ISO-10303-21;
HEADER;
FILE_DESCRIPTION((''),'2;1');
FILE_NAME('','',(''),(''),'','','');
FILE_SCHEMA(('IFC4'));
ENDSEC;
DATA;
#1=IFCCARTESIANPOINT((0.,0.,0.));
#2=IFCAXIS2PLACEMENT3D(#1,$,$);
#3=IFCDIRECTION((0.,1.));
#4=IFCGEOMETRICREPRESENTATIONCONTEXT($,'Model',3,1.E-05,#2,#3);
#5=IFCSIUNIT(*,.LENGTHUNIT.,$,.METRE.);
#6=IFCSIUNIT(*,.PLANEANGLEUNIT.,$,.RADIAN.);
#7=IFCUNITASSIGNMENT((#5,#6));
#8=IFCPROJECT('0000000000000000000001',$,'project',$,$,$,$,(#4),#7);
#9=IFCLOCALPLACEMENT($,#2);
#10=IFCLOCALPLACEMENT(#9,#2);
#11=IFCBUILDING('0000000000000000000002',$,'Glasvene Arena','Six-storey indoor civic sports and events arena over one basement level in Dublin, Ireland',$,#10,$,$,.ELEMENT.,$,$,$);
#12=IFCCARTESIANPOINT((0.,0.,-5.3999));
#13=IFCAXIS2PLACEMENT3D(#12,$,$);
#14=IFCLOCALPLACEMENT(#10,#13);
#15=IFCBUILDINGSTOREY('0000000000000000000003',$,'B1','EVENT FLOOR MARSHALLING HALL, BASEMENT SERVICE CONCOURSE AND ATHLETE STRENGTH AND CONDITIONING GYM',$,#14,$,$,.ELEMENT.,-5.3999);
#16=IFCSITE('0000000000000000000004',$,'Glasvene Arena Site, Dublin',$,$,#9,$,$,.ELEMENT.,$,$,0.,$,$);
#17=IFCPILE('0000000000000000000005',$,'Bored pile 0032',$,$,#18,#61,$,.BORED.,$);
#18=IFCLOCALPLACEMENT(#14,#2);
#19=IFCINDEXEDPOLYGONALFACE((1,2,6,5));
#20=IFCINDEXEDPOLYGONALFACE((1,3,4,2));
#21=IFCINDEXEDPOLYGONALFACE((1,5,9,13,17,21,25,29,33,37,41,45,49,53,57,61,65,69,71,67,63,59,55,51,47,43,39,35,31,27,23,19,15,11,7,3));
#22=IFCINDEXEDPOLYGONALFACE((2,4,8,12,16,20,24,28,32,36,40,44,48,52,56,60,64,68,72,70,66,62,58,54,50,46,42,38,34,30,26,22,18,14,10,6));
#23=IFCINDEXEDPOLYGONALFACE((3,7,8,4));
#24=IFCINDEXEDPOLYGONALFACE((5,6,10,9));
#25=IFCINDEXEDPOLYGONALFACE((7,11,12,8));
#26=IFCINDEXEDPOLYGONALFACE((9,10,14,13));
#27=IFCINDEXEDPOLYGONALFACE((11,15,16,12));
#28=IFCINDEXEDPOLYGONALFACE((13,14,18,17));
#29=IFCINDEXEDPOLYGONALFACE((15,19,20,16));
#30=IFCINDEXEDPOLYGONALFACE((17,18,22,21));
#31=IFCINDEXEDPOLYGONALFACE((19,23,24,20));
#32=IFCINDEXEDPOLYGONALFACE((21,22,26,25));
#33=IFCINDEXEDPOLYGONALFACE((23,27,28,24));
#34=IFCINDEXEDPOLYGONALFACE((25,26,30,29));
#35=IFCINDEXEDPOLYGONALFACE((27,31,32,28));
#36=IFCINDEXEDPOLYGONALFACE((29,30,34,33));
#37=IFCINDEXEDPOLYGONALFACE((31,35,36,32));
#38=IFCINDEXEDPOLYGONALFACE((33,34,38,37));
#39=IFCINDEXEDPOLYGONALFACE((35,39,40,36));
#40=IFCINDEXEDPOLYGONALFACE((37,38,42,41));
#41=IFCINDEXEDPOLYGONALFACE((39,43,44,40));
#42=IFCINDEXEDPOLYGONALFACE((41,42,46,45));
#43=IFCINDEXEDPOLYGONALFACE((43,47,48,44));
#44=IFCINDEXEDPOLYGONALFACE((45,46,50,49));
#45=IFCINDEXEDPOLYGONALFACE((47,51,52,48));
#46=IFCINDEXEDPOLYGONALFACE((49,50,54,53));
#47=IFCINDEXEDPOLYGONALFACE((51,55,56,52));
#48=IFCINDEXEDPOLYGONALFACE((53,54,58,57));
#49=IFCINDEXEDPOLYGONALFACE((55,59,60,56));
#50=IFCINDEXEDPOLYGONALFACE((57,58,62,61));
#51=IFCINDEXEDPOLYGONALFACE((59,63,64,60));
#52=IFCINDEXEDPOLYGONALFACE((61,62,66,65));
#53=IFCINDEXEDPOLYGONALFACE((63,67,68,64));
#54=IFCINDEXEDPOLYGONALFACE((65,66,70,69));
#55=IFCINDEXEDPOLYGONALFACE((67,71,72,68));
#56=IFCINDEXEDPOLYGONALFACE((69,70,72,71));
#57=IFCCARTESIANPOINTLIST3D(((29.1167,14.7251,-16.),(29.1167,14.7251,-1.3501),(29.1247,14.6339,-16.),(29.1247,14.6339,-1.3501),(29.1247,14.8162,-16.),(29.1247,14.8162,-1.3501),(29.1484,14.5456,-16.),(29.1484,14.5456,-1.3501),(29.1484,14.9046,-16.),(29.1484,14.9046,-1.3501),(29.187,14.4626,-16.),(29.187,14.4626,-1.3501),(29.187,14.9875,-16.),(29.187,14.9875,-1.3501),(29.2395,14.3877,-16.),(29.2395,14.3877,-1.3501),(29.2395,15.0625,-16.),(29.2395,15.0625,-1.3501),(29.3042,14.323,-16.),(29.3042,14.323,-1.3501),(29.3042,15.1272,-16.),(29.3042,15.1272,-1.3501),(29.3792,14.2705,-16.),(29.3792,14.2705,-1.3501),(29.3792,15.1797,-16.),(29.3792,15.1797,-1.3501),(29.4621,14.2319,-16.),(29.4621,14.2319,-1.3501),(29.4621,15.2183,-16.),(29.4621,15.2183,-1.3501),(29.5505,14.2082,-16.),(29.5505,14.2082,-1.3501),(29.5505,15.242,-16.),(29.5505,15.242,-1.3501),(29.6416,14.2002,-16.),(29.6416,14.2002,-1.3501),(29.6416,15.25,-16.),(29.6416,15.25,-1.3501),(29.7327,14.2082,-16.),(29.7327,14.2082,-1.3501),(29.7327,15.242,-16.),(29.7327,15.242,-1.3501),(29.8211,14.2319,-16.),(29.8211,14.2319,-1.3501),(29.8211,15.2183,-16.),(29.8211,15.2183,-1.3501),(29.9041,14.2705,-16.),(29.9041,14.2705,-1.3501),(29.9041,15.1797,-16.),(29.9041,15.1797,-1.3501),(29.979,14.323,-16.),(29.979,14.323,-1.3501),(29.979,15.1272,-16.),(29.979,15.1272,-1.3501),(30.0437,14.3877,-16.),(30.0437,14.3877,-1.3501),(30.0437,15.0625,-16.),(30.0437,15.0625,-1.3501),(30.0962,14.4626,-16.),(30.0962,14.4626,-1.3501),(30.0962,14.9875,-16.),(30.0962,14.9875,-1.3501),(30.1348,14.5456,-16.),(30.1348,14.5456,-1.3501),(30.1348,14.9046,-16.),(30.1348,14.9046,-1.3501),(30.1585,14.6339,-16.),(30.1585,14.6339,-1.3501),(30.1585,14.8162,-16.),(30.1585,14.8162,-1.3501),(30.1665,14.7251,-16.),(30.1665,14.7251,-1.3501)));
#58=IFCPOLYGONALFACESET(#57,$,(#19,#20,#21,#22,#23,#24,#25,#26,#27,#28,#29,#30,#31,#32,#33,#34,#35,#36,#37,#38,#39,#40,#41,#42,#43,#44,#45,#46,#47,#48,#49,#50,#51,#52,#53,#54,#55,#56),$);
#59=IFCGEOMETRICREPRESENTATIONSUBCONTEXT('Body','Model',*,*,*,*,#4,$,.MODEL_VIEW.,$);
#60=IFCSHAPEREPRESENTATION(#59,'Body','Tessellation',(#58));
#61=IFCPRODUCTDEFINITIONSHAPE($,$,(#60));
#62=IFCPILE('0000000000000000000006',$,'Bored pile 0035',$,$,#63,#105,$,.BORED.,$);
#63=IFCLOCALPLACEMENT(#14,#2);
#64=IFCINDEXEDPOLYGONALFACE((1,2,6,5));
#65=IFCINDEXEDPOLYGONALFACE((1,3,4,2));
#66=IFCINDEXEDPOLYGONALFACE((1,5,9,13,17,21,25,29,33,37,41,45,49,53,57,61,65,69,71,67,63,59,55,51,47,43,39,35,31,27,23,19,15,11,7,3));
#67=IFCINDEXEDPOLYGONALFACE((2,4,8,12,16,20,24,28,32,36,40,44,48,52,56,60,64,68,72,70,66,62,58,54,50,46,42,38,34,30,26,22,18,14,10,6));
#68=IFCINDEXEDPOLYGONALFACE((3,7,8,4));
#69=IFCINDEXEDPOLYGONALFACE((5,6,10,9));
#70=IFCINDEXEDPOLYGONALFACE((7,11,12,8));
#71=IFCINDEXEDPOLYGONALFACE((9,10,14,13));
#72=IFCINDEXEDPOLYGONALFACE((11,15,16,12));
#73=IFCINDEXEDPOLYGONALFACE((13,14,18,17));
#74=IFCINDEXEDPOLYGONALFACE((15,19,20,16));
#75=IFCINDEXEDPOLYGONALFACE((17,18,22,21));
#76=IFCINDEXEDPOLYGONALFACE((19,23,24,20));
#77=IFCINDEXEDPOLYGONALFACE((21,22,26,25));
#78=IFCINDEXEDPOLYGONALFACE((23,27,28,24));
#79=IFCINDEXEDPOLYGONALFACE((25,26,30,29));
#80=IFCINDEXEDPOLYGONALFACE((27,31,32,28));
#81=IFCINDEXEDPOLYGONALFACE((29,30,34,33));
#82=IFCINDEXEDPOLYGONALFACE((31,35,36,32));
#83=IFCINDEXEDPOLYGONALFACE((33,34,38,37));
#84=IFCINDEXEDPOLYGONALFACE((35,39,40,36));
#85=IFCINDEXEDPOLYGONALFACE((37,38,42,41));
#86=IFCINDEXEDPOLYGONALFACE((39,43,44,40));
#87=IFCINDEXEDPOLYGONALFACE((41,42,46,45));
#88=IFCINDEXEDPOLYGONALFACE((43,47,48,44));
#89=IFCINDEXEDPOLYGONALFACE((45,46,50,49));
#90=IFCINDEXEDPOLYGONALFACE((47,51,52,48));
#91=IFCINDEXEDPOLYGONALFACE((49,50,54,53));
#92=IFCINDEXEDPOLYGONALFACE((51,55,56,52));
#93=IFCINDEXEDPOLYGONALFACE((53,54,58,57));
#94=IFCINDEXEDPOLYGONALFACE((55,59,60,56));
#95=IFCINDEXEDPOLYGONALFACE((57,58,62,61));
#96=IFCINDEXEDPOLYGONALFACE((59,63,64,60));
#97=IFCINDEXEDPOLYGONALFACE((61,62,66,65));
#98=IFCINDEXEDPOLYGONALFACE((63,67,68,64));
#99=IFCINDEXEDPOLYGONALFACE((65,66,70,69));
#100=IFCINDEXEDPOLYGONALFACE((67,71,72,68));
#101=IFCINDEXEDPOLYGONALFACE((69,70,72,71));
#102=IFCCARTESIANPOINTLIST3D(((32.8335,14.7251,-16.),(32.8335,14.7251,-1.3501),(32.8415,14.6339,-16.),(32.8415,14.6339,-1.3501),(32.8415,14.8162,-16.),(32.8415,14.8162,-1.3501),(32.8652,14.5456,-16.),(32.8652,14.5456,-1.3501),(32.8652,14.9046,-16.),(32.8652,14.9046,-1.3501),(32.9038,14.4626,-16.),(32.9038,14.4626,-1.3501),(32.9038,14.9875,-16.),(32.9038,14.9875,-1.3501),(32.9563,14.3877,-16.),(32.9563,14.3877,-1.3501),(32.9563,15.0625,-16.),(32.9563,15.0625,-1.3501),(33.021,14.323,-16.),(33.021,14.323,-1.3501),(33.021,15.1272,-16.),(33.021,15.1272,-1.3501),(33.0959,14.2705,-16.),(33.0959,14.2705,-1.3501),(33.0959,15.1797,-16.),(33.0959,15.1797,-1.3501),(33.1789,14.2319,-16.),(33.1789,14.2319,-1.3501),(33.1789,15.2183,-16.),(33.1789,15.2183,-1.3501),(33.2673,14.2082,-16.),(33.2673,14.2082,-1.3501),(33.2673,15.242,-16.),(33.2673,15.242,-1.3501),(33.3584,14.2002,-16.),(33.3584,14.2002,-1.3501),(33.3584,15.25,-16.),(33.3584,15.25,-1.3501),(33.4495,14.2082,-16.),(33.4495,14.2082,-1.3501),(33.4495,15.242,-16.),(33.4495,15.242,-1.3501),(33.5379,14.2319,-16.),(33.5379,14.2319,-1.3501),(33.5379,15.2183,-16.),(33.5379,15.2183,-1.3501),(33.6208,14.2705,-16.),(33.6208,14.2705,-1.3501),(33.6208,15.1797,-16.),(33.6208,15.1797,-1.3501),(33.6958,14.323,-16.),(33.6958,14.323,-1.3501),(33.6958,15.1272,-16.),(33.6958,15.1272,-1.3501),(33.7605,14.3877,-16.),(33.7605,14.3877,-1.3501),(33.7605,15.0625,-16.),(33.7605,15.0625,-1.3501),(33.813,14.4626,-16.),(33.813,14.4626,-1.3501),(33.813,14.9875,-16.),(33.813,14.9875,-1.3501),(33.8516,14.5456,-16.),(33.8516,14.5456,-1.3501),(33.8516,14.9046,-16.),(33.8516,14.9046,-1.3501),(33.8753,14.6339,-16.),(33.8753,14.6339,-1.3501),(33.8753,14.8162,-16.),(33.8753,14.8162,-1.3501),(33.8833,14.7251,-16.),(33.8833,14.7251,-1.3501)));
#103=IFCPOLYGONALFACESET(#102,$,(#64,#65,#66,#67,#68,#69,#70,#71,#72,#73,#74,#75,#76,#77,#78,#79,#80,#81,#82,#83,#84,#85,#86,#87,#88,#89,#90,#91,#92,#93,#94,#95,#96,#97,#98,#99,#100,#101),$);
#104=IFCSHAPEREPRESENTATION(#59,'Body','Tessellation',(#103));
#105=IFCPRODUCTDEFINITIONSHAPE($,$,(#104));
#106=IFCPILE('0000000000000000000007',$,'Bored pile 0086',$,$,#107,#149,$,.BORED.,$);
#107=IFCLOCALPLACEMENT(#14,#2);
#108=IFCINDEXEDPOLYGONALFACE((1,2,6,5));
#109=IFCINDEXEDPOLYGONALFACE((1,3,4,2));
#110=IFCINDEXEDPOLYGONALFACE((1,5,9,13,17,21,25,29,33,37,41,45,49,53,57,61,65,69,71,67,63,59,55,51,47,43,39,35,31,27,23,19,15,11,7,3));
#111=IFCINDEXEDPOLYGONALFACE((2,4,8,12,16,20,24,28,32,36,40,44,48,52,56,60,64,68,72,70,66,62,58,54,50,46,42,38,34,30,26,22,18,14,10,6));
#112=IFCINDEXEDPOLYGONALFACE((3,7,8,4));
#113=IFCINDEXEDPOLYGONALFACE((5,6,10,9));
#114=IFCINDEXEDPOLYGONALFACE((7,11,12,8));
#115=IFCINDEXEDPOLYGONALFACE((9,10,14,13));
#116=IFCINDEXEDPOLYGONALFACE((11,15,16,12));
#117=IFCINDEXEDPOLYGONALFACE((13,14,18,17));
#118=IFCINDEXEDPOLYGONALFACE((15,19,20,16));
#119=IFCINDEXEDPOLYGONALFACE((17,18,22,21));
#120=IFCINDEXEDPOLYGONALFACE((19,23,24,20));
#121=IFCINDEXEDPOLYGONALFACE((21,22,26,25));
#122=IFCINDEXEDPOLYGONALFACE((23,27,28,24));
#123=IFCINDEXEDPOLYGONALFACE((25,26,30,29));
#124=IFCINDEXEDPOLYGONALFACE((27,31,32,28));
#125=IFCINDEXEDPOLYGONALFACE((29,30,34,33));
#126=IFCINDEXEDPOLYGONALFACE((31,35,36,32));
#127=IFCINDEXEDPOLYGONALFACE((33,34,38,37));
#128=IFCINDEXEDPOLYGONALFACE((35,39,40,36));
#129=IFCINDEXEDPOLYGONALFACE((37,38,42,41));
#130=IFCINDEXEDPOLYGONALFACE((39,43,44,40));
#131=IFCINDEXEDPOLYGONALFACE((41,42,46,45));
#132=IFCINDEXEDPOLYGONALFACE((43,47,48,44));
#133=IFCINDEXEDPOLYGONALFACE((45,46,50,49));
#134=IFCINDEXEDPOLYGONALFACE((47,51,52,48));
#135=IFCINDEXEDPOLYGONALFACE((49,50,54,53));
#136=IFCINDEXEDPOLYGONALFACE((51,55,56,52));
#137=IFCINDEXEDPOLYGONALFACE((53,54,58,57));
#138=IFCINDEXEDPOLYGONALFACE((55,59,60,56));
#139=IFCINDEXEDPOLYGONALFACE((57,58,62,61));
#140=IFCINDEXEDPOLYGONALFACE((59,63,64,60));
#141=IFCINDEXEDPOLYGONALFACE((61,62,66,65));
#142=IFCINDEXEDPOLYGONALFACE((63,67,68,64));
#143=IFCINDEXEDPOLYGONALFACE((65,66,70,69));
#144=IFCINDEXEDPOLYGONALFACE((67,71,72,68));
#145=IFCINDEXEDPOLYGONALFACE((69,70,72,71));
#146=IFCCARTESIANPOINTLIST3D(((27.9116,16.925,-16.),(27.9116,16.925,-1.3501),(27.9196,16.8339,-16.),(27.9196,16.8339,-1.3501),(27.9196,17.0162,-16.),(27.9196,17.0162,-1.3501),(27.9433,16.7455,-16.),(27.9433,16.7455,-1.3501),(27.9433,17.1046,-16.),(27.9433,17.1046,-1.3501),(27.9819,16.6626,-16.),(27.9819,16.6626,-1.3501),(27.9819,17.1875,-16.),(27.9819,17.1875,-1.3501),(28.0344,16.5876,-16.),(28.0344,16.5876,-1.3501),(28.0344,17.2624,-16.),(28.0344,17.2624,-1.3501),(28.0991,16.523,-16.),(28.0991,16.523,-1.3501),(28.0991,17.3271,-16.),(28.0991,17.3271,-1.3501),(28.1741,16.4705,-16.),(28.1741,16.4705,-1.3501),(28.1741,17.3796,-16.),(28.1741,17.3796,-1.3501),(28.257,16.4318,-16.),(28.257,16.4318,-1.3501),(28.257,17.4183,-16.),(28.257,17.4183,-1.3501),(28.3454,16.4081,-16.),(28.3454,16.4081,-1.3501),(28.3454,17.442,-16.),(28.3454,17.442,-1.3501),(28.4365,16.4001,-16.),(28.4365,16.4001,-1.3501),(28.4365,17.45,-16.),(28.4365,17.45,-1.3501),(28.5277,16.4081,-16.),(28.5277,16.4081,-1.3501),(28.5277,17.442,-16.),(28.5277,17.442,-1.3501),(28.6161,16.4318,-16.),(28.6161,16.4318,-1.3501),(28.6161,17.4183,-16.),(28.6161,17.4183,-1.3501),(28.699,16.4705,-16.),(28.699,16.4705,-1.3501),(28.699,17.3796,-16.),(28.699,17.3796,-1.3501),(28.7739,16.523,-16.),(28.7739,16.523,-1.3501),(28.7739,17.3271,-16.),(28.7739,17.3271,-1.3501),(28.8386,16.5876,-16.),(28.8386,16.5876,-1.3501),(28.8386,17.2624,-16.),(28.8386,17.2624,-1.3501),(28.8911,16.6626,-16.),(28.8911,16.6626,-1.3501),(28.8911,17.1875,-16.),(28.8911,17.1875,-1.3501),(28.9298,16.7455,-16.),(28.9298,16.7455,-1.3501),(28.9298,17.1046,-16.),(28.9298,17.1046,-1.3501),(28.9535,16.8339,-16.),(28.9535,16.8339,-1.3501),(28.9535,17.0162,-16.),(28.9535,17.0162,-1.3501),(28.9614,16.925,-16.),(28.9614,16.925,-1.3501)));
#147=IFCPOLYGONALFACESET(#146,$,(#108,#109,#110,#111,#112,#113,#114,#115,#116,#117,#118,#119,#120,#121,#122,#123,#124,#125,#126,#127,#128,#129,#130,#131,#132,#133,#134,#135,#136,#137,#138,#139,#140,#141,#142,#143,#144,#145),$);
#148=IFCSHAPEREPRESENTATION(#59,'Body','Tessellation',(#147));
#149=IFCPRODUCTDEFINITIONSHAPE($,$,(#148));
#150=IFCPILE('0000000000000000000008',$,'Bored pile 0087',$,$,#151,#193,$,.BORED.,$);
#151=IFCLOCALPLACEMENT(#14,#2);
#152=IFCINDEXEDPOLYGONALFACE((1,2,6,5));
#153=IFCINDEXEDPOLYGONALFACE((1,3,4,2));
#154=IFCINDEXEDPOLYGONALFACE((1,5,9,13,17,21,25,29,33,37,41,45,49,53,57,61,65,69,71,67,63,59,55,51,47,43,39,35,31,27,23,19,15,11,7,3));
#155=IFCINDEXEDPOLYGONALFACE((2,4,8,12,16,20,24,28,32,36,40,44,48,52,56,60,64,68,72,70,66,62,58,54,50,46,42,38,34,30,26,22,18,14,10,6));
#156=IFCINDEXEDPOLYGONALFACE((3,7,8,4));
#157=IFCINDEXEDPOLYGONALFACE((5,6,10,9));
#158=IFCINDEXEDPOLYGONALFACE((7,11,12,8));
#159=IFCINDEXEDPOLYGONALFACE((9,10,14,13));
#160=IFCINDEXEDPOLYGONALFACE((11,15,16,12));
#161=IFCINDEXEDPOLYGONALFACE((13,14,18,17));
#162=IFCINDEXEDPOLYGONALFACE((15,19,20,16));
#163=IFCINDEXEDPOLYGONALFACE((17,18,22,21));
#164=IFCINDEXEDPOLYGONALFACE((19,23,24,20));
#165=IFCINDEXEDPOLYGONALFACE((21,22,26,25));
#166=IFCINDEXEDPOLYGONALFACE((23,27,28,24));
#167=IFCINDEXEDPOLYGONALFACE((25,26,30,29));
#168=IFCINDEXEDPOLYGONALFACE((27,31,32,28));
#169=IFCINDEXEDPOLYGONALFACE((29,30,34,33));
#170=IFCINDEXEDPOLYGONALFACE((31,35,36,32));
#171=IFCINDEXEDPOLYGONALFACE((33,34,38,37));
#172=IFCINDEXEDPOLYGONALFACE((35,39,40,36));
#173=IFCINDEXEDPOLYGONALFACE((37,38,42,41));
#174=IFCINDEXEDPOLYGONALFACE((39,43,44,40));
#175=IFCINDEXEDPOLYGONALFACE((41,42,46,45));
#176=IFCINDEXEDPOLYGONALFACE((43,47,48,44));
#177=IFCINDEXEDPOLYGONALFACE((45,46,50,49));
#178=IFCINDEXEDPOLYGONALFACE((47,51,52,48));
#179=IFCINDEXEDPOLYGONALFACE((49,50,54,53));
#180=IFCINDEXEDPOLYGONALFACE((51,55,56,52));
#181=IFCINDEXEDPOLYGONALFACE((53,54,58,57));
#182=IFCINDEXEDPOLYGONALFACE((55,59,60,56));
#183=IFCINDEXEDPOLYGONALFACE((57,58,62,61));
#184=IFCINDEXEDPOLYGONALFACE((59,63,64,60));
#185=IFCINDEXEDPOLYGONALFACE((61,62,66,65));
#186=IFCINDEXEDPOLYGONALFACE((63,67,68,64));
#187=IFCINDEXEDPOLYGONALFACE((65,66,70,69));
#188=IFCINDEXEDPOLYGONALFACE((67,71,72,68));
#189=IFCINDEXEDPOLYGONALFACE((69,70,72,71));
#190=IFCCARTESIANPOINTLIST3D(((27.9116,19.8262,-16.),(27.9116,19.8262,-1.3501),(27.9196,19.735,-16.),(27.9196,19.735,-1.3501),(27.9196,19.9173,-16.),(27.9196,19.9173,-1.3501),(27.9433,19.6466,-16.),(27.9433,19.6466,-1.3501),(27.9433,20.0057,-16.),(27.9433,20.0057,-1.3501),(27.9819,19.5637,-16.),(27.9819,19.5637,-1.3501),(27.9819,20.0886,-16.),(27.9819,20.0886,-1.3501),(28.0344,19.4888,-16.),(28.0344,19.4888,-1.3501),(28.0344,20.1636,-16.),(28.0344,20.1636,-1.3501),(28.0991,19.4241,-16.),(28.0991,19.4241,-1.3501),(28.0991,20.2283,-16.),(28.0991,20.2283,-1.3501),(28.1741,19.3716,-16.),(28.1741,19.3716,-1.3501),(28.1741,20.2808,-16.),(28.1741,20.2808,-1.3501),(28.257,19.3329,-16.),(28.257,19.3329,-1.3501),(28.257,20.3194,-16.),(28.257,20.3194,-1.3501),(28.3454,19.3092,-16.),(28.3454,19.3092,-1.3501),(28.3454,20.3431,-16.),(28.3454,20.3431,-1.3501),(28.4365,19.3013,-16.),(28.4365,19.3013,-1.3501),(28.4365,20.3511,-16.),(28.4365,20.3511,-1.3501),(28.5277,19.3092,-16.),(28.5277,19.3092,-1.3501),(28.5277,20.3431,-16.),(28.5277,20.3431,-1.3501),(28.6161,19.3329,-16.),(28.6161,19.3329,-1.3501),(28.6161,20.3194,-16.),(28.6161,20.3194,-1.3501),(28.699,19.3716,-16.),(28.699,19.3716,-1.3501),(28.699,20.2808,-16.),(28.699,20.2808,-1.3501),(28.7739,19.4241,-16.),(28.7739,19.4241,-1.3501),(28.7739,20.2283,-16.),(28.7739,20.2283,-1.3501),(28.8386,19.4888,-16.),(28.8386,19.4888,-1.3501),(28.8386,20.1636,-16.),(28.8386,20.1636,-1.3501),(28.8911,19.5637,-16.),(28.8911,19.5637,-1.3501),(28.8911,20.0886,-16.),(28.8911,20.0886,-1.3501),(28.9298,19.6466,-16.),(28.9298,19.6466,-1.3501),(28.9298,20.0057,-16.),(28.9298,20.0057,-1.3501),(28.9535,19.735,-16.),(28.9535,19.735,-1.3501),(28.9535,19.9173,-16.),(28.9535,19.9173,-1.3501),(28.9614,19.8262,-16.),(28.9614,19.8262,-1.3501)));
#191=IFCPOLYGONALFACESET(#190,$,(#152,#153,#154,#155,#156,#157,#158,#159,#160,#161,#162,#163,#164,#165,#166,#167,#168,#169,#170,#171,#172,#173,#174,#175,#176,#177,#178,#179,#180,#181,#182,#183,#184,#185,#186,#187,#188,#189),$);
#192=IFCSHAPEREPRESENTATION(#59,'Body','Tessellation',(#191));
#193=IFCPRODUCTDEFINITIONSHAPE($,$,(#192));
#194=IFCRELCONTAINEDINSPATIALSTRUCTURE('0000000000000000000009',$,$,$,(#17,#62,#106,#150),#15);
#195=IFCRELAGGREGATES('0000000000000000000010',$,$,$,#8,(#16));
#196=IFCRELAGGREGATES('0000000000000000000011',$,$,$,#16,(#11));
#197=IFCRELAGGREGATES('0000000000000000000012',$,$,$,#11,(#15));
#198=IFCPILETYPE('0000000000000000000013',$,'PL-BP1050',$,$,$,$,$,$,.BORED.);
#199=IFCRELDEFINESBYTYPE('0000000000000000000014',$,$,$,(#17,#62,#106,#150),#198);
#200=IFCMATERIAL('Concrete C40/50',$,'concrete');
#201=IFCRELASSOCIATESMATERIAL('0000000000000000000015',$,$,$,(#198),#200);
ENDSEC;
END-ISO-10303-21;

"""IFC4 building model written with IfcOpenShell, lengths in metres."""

from ifc_helpers import new_model, si_unit, direction, frame, origin, origin_2d, place, context, subcontext, project, spatial, circle, extrude, material, material_profile, profile_set, type_object, element, save


model = new_model("IFC4")

# Units and contexts
model_context = context("Model", 3, precision=1e-05, world=origin(), true_north=direction((0.0, 1.0)))
body_context = subcontext(model_context, "Body", "Model", "MODEL_VIEW")
ifc_project = project(units=[si_unit("LENGTHUNIT", "METRE"), si_unit("PLANEANGLEUNIT", "RADIAN")], contexts=[model_context])

# Site, building, storey
site_placement = place(None, origin())
site = spatial("IfcSite", under=ifc_project, at=site_placement, Name="Glasvene Arena Site, Dublin", CompositionType="ELEMENT", RefElevation=0.0)
building_placement = place(site_placement, origin())
building = spatial("IfcBuilding", under=site, at=building_placement, Name="Glasvene Arena", Description="Six-storey indoor civic sports and events arena over one basement level in Dublin, Ireland", CompositionType="ELEMENT")
storey_placement = place(building_placement, frame((0.0, 0.0, -5.3999)))
storey = spatial("IfcBuildingStorey", under=building, at=storey_placement, Name="B1", Description="EVENT FLOOR MARSHALLING HALL, BASEMENT SERVICE CONCOURSE AND ATHLETE STRENGTH AND CONDITIONING GYM", CompositionType="ELEMENT", Elevation=-5.3999)

# Piles
ifc_material_1 = material(Name="Concrete C40/50", Category="concrete")
ifc_material_profile_1 = material_profile(ifc_material_1, circle(Radius=0.5249, at=origin_2d()), Name="BORED PILE 1050")
ifc_profile_set_1 = profile_set([ifc_material_profile_1], Name="Concrete C40/50")
pile_type = type_object("IfcPileType", Name="PL-BP1050", PredefinedType="BORED", material=ifc_profile_set_1)
for number, where, z_axis, x_axis, name in (
    (1, (29.6416, 14.7251, -1.3501), (0.0, 0.0, -1.0), (1.0, 0.0, 0.0), "Bored pile 0032"),
    (2, (33.3584, 14.7251, -1.3501), (0.0, 0.0, -1.0), (1.0, 0.0, 0.0), "Bored pile 0035"),
    (3, (28.4365, 16.925, -1.3501), (0.0, 0.0, -1.0), (1.0, 0.0, 0.0), "Bored pile 0086"),
    (4, (28.4365, 19.8262, -1.3501), (0.0, 0.0, -1.0), (1.0, 0.0, 0.0), "Bored pile 0087"),
):
    element("IfcPile", number, at=place(storey_placement, frame(where, z_axis=z_axis, x_axis=x_axis)), inside=storey, type_object=pile_type, Name=name, PredefinedType="BORED", context=body_context, shape_type="SweptSolid", body=[
        extrude(circle(Radius=0.5249, at=origin_2d()), origin(), (0.0, 0.0, 1.0), 14.6499),
    ])

save(model, "model.ifc")
